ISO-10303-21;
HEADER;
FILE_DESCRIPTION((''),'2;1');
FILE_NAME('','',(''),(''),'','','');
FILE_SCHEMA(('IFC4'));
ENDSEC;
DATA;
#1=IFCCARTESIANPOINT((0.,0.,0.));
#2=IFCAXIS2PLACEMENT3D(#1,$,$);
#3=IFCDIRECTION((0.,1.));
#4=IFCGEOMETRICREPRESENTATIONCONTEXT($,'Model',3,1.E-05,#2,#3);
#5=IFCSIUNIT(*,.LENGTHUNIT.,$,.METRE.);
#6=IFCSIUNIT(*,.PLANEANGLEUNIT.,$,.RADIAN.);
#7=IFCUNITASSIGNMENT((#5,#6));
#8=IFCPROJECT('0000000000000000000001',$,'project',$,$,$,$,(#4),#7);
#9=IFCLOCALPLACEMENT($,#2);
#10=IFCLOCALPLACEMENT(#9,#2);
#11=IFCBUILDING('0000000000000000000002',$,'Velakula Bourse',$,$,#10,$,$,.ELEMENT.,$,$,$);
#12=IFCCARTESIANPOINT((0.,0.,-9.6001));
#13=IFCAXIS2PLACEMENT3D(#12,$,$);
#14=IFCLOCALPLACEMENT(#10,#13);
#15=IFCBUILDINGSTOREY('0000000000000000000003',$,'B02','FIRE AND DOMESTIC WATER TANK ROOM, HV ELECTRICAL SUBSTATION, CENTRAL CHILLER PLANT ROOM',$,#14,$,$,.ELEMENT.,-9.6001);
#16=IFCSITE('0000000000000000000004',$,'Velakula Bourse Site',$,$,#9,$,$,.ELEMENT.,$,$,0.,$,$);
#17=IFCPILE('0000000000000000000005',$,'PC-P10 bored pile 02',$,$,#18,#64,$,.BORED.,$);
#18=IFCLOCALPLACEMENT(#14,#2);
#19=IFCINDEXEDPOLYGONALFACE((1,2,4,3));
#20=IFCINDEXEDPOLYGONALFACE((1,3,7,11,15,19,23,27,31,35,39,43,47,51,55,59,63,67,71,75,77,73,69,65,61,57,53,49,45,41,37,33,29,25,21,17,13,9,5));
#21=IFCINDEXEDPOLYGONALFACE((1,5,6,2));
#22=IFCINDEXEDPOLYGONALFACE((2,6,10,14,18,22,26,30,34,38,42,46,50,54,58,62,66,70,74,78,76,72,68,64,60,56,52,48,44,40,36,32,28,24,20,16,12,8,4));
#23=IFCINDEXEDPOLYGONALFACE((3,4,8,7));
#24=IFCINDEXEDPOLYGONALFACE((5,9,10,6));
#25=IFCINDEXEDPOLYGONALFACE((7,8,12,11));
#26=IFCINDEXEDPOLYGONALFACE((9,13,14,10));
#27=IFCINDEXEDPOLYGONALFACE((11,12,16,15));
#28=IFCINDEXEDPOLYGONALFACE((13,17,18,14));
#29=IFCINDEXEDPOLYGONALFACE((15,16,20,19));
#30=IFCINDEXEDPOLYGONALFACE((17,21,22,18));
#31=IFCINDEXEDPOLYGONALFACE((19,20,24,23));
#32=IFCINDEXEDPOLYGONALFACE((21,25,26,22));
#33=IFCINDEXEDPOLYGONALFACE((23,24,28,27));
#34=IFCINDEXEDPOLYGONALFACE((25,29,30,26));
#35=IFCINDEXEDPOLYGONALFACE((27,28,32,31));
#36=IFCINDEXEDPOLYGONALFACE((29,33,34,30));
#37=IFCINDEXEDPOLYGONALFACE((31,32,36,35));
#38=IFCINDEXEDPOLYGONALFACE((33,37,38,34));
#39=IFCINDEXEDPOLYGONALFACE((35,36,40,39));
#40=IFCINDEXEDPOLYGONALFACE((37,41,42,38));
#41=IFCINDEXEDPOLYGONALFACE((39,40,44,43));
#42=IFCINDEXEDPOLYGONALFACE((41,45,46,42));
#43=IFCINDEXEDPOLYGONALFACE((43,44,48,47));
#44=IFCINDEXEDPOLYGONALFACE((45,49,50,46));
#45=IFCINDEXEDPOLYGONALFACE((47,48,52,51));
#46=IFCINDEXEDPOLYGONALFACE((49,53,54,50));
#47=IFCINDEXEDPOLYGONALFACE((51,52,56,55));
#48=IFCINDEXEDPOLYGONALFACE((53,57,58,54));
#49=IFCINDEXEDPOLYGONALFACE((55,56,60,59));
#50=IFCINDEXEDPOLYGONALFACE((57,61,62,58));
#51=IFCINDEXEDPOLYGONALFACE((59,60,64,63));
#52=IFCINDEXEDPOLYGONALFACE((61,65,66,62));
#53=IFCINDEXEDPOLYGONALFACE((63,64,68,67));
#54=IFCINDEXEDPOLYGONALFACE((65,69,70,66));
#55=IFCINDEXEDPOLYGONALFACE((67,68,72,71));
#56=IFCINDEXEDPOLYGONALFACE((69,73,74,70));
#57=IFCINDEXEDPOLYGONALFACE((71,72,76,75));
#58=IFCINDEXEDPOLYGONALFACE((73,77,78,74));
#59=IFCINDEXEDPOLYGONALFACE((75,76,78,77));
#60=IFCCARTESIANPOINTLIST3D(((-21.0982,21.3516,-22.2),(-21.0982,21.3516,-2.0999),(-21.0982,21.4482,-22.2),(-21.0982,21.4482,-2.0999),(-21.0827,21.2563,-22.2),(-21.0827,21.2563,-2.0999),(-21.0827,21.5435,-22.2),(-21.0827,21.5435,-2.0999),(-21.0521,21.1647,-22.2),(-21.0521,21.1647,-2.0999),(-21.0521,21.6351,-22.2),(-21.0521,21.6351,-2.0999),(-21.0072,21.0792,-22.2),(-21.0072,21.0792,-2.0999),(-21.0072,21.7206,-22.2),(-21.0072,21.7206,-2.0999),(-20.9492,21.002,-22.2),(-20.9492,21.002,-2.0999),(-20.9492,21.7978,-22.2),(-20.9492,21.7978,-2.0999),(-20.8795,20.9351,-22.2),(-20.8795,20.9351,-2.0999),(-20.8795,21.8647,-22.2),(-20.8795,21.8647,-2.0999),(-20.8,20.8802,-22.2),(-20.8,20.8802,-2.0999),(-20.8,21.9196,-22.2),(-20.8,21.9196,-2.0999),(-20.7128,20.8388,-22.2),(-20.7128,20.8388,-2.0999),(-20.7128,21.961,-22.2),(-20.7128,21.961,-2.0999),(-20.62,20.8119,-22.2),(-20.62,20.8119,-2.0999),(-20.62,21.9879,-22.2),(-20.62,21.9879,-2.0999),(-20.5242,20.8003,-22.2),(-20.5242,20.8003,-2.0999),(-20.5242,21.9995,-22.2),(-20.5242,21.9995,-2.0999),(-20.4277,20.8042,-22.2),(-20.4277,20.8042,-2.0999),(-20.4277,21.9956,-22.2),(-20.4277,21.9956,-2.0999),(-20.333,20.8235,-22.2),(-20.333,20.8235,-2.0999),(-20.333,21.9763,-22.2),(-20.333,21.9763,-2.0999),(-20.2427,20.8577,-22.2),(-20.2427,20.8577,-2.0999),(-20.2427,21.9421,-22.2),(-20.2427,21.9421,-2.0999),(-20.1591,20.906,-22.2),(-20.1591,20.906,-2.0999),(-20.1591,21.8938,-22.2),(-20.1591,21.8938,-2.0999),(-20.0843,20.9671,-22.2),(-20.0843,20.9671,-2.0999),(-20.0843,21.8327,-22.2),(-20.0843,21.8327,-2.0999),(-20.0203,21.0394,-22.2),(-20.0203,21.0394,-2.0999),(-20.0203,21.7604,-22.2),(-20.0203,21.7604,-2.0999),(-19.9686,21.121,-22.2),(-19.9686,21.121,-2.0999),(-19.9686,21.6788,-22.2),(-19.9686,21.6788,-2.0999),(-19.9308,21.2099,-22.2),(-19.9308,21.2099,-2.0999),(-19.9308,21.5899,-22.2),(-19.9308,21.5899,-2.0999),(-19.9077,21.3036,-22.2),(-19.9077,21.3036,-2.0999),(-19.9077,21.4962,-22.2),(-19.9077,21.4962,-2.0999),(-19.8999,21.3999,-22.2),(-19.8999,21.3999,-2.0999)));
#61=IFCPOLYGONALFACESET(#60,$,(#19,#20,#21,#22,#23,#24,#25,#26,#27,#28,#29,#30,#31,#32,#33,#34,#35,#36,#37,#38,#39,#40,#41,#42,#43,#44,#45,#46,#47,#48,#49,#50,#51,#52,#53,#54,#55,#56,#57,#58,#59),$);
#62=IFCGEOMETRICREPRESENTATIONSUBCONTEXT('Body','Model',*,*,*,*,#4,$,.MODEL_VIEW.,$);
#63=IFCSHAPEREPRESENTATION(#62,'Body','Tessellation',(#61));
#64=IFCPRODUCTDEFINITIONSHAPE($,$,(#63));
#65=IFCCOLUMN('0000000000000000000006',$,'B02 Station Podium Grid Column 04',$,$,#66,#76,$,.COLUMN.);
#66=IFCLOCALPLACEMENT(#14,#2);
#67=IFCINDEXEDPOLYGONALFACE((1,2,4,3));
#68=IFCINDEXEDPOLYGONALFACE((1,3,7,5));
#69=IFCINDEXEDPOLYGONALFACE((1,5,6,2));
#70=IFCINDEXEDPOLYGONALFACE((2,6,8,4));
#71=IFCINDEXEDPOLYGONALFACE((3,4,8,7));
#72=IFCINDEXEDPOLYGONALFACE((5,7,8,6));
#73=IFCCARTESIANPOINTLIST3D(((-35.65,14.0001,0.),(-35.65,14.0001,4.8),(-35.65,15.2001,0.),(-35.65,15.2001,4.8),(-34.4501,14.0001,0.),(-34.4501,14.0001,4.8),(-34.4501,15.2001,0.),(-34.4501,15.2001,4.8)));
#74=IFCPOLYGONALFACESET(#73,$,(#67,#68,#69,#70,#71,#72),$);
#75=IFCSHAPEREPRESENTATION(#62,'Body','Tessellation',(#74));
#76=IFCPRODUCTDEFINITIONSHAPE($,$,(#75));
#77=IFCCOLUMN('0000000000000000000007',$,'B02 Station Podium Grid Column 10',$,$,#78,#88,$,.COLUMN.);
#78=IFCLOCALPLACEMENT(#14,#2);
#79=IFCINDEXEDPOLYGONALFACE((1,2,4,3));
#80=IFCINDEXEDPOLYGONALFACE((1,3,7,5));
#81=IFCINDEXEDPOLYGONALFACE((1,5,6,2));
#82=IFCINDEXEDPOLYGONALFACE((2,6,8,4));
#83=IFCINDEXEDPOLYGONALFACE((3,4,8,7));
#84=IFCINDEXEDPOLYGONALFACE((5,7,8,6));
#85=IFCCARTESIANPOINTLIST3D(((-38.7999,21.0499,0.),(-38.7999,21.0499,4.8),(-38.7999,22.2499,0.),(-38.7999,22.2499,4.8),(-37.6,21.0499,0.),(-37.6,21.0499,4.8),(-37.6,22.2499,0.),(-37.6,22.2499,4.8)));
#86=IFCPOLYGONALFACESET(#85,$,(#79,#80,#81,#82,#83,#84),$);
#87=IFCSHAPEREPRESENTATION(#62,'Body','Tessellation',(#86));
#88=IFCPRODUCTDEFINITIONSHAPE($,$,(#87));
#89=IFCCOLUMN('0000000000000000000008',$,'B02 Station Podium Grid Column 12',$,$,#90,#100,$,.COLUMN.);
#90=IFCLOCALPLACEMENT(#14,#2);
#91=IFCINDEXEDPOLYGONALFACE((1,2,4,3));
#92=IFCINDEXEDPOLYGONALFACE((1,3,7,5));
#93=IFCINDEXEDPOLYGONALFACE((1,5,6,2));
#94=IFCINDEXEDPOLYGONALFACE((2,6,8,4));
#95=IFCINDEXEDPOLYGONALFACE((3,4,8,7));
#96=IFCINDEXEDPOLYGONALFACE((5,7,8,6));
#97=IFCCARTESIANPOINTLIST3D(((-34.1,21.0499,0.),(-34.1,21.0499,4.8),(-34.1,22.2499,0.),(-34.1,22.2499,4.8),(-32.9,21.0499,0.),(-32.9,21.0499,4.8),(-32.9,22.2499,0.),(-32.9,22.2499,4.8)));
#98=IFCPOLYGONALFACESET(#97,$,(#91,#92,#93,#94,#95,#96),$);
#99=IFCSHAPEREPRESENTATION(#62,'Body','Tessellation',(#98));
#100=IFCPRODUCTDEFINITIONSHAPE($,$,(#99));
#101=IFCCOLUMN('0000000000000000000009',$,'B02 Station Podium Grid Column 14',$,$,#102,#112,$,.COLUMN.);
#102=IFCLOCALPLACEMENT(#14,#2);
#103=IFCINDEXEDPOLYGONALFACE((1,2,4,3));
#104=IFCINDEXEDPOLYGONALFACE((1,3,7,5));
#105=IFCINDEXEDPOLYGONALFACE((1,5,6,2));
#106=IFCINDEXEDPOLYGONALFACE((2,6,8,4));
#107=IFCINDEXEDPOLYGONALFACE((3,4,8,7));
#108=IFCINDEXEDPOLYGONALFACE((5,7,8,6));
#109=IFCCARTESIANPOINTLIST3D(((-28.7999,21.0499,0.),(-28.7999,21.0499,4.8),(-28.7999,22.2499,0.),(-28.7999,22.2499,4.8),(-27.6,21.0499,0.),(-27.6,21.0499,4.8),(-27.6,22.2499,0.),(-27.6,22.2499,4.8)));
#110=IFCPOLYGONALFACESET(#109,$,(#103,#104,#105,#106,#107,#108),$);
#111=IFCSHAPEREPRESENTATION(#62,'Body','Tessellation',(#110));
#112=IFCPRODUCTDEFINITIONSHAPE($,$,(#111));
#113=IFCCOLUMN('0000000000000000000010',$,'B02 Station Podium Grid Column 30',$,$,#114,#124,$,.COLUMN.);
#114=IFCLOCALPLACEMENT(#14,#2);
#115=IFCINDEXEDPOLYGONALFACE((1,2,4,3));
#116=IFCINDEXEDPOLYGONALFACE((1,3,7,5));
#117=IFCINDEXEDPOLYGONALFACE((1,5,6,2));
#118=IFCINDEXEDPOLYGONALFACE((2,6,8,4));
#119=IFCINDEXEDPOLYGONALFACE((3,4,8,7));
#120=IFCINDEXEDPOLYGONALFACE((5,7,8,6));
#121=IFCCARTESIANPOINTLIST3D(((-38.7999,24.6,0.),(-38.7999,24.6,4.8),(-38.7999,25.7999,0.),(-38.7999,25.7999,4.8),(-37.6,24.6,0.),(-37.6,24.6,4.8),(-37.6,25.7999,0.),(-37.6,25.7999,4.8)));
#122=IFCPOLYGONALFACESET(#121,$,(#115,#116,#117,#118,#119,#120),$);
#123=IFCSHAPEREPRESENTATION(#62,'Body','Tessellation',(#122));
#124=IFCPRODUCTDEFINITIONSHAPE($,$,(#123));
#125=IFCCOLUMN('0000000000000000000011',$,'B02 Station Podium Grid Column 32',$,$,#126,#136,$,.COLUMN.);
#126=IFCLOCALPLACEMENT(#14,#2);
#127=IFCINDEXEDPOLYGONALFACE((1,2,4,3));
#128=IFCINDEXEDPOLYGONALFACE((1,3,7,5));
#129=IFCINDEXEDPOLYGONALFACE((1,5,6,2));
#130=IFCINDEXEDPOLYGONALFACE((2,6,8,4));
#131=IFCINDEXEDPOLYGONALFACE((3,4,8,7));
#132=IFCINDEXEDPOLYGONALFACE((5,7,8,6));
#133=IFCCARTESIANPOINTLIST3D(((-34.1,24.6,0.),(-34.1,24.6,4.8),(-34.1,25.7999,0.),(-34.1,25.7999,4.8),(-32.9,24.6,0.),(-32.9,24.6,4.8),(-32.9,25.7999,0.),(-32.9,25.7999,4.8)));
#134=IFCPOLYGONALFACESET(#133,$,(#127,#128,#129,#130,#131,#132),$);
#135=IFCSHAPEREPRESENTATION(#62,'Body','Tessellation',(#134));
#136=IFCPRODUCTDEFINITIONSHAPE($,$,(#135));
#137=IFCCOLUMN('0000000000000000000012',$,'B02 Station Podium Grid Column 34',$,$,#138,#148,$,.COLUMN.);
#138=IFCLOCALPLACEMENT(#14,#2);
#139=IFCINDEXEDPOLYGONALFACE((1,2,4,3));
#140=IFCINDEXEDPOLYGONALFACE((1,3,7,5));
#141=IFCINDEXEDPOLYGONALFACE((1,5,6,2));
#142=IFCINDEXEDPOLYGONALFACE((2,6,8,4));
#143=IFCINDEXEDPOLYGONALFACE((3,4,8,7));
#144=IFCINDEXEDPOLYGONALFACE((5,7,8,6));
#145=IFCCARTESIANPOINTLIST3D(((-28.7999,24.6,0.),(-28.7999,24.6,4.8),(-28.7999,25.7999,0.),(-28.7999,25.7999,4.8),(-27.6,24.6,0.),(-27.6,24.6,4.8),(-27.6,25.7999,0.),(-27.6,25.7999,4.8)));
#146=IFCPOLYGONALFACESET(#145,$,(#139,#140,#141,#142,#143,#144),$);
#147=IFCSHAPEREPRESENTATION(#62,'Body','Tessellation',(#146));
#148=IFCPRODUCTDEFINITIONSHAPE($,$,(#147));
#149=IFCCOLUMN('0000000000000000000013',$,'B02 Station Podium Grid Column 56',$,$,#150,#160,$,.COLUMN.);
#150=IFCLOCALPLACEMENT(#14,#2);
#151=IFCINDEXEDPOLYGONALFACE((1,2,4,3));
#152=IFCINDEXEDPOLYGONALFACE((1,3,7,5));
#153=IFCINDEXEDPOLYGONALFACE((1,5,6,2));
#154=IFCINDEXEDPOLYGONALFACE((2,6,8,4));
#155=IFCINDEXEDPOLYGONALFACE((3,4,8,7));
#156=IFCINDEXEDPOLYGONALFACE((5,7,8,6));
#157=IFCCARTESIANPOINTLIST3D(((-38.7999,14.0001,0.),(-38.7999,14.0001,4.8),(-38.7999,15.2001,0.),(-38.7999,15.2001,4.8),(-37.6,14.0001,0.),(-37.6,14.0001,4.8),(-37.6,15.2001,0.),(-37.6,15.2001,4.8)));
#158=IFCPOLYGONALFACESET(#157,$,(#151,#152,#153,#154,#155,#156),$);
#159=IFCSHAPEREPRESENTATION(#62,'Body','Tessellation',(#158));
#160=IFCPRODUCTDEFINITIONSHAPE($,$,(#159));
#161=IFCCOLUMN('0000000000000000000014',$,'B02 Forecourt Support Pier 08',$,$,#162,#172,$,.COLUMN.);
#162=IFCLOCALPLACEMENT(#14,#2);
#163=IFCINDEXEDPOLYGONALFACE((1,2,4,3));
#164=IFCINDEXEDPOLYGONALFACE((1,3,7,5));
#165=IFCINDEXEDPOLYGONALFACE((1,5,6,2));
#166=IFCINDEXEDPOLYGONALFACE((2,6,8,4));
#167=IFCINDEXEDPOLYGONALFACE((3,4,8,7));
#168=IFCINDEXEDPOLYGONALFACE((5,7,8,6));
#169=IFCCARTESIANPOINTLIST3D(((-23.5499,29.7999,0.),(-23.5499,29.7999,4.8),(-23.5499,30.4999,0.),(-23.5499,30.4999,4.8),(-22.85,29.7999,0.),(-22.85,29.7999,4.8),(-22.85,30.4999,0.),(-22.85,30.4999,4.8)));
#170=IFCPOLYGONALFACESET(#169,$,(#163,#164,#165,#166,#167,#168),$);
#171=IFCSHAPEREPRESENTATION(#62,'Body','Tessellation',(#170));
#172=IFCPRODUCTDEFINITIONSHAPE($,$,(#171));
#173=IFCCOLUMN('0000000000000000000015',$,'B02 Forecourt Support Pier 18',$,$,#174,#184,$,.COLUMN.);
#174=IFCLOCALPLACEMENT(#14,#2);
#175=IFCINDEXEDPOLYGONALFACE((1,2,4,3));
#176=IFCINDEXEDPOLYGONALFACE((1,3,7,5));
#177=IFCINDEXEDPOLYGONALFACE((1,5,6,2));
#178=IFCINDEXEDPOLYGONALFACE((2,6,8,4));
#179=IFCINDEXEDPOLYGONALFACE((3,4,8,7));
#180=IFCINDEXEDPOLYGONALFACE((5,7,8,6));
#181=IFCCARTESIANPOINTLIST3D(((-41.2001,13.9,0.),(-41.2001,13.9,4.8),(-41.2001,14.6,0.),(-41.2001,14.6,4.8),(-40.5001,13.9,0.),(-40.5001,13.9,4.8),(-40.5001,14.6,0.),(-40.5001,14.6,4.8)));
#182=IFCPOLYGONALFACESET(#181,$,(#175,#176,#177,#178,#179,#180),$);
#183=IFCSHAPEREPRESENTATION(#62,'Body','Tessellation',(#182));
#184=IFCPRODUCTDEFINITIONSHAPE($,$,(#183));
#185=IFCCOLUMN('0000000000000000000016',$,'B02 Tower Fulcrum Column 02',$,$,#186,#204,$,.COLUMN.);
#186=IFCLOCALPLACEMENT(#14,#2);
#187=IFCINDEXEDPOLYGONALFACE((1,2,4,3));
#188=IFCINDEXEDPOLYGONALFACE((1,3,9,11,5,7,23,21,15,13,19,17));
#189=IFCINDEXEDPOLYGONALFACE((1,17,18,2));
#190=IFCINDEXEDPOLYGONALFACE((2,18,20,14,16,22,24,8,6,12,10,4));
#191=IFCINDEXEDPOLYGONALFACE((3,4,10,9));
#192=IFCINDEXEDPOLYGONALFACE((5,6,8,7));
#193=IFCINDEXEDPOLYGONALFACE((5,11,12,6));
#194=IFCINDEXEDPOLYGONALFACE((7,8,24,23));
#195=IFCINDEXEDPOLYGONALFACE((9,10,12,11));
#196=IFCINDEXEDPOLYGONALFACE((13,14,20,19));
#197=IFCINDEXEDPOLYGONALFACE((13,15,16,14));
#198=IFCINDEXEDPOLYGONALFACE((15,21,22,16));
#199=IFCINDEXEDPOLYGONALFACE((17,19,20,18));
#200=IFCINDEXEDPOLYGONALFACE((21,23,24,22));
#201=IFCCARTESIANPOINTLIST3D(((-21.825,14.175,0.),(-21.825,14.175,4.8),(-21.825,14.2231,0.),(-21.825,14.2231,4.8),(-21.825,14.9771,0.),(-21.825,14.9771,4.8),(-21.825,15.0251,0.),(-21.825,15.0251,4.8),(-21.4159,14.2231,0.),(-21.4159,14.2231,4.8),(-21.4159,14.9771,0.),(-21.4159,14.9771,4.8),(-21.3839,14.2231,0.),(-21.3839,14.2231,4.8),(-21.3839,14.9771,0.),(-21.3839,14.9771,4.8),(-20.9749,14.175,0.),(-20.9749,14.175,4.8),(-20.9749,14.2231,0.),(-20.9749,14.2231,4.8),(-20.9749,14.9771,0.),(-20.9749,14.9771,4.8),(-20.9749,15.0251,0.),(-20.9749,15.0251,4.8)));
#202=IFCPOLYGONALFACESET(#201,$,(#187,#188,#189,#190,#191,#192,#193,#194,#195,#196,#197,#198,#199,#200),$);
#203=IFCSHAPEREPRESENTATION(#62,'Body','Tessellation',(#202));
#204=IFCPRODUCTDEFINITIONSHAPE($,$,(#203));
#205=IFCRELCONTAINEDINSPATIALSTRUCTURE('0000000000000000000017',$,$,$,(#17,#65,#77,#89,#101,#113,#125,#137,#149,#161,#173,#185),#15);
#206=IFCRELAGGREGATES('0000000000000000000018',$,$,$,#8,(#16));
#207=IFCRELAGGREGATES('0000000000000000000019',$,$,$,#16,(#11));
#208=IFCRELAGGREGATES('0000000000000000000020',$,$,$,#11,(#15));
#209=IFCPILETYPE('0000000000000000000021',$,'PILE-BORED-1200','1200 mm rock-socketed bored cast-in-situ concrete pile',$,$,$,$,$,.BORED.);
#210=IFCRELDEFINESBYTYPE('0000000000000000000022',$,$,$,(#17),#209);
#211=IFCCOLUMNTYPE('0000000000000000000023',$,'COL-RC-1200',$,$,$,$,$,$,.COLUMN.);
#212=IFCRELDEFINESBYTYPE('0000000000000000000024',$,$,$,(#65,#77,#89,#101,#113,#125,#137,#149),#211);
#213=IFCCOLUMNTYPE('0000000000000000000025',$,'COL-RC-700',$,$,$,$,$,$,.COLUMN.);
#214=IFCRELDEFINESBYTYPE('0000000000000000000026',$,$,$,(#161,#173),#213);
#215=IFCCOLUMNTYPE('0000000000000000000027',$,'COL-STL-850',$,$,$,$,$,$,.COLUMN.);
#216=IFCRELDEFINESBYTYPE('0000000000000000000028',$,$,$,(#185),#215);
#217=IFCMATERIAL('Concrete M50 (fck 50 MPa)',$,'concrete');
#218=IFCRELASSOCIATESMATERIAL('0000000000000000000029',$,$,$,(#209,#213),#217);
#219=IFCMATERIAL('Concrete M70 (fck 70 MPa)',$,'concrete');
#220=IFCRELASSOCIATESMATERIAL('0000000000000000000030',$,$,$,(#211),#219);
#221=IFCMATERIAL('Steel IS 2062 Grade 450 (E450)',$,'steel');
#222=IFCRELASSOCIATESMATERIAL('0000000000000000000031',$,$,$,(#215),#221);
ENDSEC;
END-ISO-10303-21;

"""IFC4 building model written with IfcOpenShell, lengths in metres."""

from ifc_helpers import new_model, si_unit, direction, frame, origin, origin_2d, place, context, subcontext, project, spatial, rectangle, circle, i_section, extrude, material, material_profile, profile_set, type_object, element, save


model = new_model("IFC4")

# Units and contexts
model_context = context("Model", 3, precision=1e-05, world=origin(), true_north=direction((0.0, 1.0)))
body_context = subcontext(model_context, "Body", "Model", "MODEL_VIEW")
ifc_project = project(units=[si_unit("LENGTHUNIT", "METRE"), si_unit("PLANEANGLEUNIT", "RADIAN")], contexts=[model_context])

# Site, building, storey
site_placement = place(None, origin())
site = spatial("IfcSite", under=ifc_project, at=site_placement, Name="Velakula Bourse Site", CompositionType="ELEMENT", RefElevation=0.0)
building_placement = place(site_placement, origin())
building = spatial("IfcBuilding", under=site, at=building_placement, Name="Velakula Bourse", CompositionType="ELEMENT")
storey_placement = place(building_placement, frame((0.0, 0.0, -9.6001)))
storey = spatial("IfcBuildingStorey", under=building, at=storey_placement, Name="B02", Description="FIRE AND DOMESTIC WATER TANK ROOM, HV ELECTRICAL SUBSTATION, CENTRAL CHILLER PLANT ROOM", CompositionType="ELEMENT", Elevation=-9.6001)

# Shared definitions
ifc_material_1 = material(Name="Concrete M70 (fck 70 MPa)", Category="concrete")
ifc_material_2 = material(Name="Concrete M50 (fck 50 MPa)", Category="concrete")

# Pile
ifc_material_profile_1 = material_profile(ifc_material_2, circle(Radius=0.6001, at=origin_2d()), Name="Concrete M50 (fck 50 MPa)")
ifc_profile_set_1 = profile_set([ifc_material_profile_1], Name="Concrete M50 (fck 50 MPa)")
pile_type = type_object("IfcPileType", Name="PILE-BORED-1200", Description="1200 mm rock-socketed bored cast-in-situ concrete pile", PredefinedType="BORED", material=ifc_profile_set_1)
for number, where, z_axis, x_axis, name in (
    (1, (-20.5, 21.3999, -2.0999), (0.0, 0.0, -1.0), (1.0, 0.0, 0.0), "PC-P10 bored pile 02"),
):
    element("IfcPile", number, at=place(storey_placement, frame(where, z_axis=z_axis, x_axis=x_axis)), inside=storey, type_object=pile_type, Name=name, PredefinedType="BORED", context=body_context, shape_type="SweptSolid", body=[
        extrude(circle(Radius=0.6001, at=origin_2d()), origin(), (0.0, 0.0, 1.0), 20.1001),
    ])

# Columns
ifc_material_profile_2 = material_profile(ifc_material_1, rectangle(XDim=1.2, YDim=1.2, at=origin_2d()), Name="Concrete M70 (fck 70 MPa)")
ifc_profile_set_2 = profile_set([ifc_material_profile_2], Name="Concrete M70 (fck 70 MPa)")
column_type_1 = type_object("IfcColumnType", Name="COL-RC-1200", PredefinedType="COLUMN", material=ifc_profile_set_2)
for number, where, z_axis, x_axis, name in (
    (2, (-35.05, 14.6001, 0.0), (0.0, 0.0, 1.0), (1.0, 0.0, 0.0), "B02 Station Podium Grid Column 04"),
    (3, (-38.2, 21.6499, 0.0), (0.0, 0.0, 1.0), (1.0, 0.0, 0.0), "B02 Station Podium Grid Column 10"),
    (4, (-33.5, 21.6499, 0.0), (0.0, 0.0, 1.0), (1.0, 0.0, 0.0), "B02 Station Podium Grid Column 12"),
    (5, (-28.2, 21.6499, 0.0), (0.0, 0.0, 1.0), (1.0, 0.0, 0.0), "B02 Station Podium Grid Column 14"),
    (6, (-38.2, 25.2, 0.0), (0.0, 0.0, 1.0), (1.0, 0.0, 0.0), "B02 Station Podium Grid Column 30"),
    (7, (-33.5, 25.2, 0.0), (0.0, 0.0, 1.0), (1.0, 0.0, 0.0), "B02 Station Podium Grid Column 32"),
    (8, (-28.2, 25.2, 0.0), (0.0, 0.0, 1.0), (1.0, 0.0, 0.0), "B02 Station Podium Grid Column 34"),
    (9, (-38.2, 14.6001, 0.0), (0.0, 0.0, 1.0), (1.0, 0.0, 0.0), "B02 Station Podium Grid Column 56"),
):
    element("IfcColumn", number, at=place(storey_placement, frame(where, z_axis=z_axis, x_axis=x_axis)), inside=storey, type_object=column_type_1, Name=name, PredefinedType="COLUMN", context=body_context, shape_type="SweptSolid", body=[
        extrude(rectangle(XDim=1.2, YDim=1.2, at=origin_2d()), origin(), (0.0, 0.0, 1.0), 4.8),
    ])
ifc_material_profile_3 = material_profile(ifc_material_2, rectangle(XDim=0.7, YDim=0.7, at=origin_2d()), Name="Concrete M50 (fck 50 MPa)")
ifc_profile_set_3 = profile_set([ifc_material_profile_3], Name="Concrete M50 (fck 50 MPa)")
column_type_2 = type_object("IfcColumnType", Name="COL-RC-700", PredefinedType="COLUMN", material=ifc_profile_set_3)
for number, where, z_axis, x_axis, name in (
    (10, (-23.2, 30.1499, 0.0), (0.0, 0.0, 1.0), (1.0, 0.0, 0.0), "B02 Forecourt Support Pier 08"),
    (11, (-40.8501, 14.25, 0.0), (0.0, 0.0, 1.0), (1.0, 0.0, 0.0), "B02 Forecourt Support Pier 18"),
):
    element("IfcColumn", number, at=place(storey_placement, frame(where, z_axis=z_axis, x_axis=x_axis)), inside=storey, type_object=column_type_2, Name=name, PredefinedType="COLUMN", context=body_context, shape_type="SweptSolid", body=[
        extrude(rectangle(XDim=0.7, YDim=0.7, at=origin_2d()), origin(), (0.0, 0.0, 1.0), 4.8),
    ])
ifc_material_3 = material(Name="Steel IS 2062 Grade 450 (E450)", Category="steel")
ifc_material_profile_4 = material_profile(ifc_material_3, i_section(OverallWidth=0.8501, OverallDepth=0.8501, WebThickness=0.032, FlangeThickness=0.0481, at=origin_2d()), Name="Steel IS 2062 Grade 450 (E450)")
ifc_profile_set_4 = profile_set([ifc_material_profile_4], Name="Steel IS 2062 Grade 450 (E450)")
column_type_3 = type_object("IfcColumnType", Name="COL-STL-850", PredefinedType="COLUMN", material=ifc_profile_set_4)
for number, where, z_axis, x_axis, name in (
    (12, (-21.3999, 14.6001, 0.0), (0.0, 0.0, 1.0), (1.0, 0.0, 0.0), "B02 Tower Fulcrum Column 02"),
):
    element("IfcColumn", number, at=place(storey_placement, frame(where, z_axis=z_axis, x_axis=x_axis)), inside=storey, type_object=column_type_3, Name=name, PredefinedType="COLUMN", context=body_context, shape_type="SweptSolid", body=[
        extrude(i_section(OverallWidth=0.8501, OverallDepth=0.8501, WebThickness=0.032, FlangeThickness=0.0481, at=origin_2d()), origin(), (0.0, 0.0, 1.0), 4.8),
    ])

save(model, "model.ifc")
